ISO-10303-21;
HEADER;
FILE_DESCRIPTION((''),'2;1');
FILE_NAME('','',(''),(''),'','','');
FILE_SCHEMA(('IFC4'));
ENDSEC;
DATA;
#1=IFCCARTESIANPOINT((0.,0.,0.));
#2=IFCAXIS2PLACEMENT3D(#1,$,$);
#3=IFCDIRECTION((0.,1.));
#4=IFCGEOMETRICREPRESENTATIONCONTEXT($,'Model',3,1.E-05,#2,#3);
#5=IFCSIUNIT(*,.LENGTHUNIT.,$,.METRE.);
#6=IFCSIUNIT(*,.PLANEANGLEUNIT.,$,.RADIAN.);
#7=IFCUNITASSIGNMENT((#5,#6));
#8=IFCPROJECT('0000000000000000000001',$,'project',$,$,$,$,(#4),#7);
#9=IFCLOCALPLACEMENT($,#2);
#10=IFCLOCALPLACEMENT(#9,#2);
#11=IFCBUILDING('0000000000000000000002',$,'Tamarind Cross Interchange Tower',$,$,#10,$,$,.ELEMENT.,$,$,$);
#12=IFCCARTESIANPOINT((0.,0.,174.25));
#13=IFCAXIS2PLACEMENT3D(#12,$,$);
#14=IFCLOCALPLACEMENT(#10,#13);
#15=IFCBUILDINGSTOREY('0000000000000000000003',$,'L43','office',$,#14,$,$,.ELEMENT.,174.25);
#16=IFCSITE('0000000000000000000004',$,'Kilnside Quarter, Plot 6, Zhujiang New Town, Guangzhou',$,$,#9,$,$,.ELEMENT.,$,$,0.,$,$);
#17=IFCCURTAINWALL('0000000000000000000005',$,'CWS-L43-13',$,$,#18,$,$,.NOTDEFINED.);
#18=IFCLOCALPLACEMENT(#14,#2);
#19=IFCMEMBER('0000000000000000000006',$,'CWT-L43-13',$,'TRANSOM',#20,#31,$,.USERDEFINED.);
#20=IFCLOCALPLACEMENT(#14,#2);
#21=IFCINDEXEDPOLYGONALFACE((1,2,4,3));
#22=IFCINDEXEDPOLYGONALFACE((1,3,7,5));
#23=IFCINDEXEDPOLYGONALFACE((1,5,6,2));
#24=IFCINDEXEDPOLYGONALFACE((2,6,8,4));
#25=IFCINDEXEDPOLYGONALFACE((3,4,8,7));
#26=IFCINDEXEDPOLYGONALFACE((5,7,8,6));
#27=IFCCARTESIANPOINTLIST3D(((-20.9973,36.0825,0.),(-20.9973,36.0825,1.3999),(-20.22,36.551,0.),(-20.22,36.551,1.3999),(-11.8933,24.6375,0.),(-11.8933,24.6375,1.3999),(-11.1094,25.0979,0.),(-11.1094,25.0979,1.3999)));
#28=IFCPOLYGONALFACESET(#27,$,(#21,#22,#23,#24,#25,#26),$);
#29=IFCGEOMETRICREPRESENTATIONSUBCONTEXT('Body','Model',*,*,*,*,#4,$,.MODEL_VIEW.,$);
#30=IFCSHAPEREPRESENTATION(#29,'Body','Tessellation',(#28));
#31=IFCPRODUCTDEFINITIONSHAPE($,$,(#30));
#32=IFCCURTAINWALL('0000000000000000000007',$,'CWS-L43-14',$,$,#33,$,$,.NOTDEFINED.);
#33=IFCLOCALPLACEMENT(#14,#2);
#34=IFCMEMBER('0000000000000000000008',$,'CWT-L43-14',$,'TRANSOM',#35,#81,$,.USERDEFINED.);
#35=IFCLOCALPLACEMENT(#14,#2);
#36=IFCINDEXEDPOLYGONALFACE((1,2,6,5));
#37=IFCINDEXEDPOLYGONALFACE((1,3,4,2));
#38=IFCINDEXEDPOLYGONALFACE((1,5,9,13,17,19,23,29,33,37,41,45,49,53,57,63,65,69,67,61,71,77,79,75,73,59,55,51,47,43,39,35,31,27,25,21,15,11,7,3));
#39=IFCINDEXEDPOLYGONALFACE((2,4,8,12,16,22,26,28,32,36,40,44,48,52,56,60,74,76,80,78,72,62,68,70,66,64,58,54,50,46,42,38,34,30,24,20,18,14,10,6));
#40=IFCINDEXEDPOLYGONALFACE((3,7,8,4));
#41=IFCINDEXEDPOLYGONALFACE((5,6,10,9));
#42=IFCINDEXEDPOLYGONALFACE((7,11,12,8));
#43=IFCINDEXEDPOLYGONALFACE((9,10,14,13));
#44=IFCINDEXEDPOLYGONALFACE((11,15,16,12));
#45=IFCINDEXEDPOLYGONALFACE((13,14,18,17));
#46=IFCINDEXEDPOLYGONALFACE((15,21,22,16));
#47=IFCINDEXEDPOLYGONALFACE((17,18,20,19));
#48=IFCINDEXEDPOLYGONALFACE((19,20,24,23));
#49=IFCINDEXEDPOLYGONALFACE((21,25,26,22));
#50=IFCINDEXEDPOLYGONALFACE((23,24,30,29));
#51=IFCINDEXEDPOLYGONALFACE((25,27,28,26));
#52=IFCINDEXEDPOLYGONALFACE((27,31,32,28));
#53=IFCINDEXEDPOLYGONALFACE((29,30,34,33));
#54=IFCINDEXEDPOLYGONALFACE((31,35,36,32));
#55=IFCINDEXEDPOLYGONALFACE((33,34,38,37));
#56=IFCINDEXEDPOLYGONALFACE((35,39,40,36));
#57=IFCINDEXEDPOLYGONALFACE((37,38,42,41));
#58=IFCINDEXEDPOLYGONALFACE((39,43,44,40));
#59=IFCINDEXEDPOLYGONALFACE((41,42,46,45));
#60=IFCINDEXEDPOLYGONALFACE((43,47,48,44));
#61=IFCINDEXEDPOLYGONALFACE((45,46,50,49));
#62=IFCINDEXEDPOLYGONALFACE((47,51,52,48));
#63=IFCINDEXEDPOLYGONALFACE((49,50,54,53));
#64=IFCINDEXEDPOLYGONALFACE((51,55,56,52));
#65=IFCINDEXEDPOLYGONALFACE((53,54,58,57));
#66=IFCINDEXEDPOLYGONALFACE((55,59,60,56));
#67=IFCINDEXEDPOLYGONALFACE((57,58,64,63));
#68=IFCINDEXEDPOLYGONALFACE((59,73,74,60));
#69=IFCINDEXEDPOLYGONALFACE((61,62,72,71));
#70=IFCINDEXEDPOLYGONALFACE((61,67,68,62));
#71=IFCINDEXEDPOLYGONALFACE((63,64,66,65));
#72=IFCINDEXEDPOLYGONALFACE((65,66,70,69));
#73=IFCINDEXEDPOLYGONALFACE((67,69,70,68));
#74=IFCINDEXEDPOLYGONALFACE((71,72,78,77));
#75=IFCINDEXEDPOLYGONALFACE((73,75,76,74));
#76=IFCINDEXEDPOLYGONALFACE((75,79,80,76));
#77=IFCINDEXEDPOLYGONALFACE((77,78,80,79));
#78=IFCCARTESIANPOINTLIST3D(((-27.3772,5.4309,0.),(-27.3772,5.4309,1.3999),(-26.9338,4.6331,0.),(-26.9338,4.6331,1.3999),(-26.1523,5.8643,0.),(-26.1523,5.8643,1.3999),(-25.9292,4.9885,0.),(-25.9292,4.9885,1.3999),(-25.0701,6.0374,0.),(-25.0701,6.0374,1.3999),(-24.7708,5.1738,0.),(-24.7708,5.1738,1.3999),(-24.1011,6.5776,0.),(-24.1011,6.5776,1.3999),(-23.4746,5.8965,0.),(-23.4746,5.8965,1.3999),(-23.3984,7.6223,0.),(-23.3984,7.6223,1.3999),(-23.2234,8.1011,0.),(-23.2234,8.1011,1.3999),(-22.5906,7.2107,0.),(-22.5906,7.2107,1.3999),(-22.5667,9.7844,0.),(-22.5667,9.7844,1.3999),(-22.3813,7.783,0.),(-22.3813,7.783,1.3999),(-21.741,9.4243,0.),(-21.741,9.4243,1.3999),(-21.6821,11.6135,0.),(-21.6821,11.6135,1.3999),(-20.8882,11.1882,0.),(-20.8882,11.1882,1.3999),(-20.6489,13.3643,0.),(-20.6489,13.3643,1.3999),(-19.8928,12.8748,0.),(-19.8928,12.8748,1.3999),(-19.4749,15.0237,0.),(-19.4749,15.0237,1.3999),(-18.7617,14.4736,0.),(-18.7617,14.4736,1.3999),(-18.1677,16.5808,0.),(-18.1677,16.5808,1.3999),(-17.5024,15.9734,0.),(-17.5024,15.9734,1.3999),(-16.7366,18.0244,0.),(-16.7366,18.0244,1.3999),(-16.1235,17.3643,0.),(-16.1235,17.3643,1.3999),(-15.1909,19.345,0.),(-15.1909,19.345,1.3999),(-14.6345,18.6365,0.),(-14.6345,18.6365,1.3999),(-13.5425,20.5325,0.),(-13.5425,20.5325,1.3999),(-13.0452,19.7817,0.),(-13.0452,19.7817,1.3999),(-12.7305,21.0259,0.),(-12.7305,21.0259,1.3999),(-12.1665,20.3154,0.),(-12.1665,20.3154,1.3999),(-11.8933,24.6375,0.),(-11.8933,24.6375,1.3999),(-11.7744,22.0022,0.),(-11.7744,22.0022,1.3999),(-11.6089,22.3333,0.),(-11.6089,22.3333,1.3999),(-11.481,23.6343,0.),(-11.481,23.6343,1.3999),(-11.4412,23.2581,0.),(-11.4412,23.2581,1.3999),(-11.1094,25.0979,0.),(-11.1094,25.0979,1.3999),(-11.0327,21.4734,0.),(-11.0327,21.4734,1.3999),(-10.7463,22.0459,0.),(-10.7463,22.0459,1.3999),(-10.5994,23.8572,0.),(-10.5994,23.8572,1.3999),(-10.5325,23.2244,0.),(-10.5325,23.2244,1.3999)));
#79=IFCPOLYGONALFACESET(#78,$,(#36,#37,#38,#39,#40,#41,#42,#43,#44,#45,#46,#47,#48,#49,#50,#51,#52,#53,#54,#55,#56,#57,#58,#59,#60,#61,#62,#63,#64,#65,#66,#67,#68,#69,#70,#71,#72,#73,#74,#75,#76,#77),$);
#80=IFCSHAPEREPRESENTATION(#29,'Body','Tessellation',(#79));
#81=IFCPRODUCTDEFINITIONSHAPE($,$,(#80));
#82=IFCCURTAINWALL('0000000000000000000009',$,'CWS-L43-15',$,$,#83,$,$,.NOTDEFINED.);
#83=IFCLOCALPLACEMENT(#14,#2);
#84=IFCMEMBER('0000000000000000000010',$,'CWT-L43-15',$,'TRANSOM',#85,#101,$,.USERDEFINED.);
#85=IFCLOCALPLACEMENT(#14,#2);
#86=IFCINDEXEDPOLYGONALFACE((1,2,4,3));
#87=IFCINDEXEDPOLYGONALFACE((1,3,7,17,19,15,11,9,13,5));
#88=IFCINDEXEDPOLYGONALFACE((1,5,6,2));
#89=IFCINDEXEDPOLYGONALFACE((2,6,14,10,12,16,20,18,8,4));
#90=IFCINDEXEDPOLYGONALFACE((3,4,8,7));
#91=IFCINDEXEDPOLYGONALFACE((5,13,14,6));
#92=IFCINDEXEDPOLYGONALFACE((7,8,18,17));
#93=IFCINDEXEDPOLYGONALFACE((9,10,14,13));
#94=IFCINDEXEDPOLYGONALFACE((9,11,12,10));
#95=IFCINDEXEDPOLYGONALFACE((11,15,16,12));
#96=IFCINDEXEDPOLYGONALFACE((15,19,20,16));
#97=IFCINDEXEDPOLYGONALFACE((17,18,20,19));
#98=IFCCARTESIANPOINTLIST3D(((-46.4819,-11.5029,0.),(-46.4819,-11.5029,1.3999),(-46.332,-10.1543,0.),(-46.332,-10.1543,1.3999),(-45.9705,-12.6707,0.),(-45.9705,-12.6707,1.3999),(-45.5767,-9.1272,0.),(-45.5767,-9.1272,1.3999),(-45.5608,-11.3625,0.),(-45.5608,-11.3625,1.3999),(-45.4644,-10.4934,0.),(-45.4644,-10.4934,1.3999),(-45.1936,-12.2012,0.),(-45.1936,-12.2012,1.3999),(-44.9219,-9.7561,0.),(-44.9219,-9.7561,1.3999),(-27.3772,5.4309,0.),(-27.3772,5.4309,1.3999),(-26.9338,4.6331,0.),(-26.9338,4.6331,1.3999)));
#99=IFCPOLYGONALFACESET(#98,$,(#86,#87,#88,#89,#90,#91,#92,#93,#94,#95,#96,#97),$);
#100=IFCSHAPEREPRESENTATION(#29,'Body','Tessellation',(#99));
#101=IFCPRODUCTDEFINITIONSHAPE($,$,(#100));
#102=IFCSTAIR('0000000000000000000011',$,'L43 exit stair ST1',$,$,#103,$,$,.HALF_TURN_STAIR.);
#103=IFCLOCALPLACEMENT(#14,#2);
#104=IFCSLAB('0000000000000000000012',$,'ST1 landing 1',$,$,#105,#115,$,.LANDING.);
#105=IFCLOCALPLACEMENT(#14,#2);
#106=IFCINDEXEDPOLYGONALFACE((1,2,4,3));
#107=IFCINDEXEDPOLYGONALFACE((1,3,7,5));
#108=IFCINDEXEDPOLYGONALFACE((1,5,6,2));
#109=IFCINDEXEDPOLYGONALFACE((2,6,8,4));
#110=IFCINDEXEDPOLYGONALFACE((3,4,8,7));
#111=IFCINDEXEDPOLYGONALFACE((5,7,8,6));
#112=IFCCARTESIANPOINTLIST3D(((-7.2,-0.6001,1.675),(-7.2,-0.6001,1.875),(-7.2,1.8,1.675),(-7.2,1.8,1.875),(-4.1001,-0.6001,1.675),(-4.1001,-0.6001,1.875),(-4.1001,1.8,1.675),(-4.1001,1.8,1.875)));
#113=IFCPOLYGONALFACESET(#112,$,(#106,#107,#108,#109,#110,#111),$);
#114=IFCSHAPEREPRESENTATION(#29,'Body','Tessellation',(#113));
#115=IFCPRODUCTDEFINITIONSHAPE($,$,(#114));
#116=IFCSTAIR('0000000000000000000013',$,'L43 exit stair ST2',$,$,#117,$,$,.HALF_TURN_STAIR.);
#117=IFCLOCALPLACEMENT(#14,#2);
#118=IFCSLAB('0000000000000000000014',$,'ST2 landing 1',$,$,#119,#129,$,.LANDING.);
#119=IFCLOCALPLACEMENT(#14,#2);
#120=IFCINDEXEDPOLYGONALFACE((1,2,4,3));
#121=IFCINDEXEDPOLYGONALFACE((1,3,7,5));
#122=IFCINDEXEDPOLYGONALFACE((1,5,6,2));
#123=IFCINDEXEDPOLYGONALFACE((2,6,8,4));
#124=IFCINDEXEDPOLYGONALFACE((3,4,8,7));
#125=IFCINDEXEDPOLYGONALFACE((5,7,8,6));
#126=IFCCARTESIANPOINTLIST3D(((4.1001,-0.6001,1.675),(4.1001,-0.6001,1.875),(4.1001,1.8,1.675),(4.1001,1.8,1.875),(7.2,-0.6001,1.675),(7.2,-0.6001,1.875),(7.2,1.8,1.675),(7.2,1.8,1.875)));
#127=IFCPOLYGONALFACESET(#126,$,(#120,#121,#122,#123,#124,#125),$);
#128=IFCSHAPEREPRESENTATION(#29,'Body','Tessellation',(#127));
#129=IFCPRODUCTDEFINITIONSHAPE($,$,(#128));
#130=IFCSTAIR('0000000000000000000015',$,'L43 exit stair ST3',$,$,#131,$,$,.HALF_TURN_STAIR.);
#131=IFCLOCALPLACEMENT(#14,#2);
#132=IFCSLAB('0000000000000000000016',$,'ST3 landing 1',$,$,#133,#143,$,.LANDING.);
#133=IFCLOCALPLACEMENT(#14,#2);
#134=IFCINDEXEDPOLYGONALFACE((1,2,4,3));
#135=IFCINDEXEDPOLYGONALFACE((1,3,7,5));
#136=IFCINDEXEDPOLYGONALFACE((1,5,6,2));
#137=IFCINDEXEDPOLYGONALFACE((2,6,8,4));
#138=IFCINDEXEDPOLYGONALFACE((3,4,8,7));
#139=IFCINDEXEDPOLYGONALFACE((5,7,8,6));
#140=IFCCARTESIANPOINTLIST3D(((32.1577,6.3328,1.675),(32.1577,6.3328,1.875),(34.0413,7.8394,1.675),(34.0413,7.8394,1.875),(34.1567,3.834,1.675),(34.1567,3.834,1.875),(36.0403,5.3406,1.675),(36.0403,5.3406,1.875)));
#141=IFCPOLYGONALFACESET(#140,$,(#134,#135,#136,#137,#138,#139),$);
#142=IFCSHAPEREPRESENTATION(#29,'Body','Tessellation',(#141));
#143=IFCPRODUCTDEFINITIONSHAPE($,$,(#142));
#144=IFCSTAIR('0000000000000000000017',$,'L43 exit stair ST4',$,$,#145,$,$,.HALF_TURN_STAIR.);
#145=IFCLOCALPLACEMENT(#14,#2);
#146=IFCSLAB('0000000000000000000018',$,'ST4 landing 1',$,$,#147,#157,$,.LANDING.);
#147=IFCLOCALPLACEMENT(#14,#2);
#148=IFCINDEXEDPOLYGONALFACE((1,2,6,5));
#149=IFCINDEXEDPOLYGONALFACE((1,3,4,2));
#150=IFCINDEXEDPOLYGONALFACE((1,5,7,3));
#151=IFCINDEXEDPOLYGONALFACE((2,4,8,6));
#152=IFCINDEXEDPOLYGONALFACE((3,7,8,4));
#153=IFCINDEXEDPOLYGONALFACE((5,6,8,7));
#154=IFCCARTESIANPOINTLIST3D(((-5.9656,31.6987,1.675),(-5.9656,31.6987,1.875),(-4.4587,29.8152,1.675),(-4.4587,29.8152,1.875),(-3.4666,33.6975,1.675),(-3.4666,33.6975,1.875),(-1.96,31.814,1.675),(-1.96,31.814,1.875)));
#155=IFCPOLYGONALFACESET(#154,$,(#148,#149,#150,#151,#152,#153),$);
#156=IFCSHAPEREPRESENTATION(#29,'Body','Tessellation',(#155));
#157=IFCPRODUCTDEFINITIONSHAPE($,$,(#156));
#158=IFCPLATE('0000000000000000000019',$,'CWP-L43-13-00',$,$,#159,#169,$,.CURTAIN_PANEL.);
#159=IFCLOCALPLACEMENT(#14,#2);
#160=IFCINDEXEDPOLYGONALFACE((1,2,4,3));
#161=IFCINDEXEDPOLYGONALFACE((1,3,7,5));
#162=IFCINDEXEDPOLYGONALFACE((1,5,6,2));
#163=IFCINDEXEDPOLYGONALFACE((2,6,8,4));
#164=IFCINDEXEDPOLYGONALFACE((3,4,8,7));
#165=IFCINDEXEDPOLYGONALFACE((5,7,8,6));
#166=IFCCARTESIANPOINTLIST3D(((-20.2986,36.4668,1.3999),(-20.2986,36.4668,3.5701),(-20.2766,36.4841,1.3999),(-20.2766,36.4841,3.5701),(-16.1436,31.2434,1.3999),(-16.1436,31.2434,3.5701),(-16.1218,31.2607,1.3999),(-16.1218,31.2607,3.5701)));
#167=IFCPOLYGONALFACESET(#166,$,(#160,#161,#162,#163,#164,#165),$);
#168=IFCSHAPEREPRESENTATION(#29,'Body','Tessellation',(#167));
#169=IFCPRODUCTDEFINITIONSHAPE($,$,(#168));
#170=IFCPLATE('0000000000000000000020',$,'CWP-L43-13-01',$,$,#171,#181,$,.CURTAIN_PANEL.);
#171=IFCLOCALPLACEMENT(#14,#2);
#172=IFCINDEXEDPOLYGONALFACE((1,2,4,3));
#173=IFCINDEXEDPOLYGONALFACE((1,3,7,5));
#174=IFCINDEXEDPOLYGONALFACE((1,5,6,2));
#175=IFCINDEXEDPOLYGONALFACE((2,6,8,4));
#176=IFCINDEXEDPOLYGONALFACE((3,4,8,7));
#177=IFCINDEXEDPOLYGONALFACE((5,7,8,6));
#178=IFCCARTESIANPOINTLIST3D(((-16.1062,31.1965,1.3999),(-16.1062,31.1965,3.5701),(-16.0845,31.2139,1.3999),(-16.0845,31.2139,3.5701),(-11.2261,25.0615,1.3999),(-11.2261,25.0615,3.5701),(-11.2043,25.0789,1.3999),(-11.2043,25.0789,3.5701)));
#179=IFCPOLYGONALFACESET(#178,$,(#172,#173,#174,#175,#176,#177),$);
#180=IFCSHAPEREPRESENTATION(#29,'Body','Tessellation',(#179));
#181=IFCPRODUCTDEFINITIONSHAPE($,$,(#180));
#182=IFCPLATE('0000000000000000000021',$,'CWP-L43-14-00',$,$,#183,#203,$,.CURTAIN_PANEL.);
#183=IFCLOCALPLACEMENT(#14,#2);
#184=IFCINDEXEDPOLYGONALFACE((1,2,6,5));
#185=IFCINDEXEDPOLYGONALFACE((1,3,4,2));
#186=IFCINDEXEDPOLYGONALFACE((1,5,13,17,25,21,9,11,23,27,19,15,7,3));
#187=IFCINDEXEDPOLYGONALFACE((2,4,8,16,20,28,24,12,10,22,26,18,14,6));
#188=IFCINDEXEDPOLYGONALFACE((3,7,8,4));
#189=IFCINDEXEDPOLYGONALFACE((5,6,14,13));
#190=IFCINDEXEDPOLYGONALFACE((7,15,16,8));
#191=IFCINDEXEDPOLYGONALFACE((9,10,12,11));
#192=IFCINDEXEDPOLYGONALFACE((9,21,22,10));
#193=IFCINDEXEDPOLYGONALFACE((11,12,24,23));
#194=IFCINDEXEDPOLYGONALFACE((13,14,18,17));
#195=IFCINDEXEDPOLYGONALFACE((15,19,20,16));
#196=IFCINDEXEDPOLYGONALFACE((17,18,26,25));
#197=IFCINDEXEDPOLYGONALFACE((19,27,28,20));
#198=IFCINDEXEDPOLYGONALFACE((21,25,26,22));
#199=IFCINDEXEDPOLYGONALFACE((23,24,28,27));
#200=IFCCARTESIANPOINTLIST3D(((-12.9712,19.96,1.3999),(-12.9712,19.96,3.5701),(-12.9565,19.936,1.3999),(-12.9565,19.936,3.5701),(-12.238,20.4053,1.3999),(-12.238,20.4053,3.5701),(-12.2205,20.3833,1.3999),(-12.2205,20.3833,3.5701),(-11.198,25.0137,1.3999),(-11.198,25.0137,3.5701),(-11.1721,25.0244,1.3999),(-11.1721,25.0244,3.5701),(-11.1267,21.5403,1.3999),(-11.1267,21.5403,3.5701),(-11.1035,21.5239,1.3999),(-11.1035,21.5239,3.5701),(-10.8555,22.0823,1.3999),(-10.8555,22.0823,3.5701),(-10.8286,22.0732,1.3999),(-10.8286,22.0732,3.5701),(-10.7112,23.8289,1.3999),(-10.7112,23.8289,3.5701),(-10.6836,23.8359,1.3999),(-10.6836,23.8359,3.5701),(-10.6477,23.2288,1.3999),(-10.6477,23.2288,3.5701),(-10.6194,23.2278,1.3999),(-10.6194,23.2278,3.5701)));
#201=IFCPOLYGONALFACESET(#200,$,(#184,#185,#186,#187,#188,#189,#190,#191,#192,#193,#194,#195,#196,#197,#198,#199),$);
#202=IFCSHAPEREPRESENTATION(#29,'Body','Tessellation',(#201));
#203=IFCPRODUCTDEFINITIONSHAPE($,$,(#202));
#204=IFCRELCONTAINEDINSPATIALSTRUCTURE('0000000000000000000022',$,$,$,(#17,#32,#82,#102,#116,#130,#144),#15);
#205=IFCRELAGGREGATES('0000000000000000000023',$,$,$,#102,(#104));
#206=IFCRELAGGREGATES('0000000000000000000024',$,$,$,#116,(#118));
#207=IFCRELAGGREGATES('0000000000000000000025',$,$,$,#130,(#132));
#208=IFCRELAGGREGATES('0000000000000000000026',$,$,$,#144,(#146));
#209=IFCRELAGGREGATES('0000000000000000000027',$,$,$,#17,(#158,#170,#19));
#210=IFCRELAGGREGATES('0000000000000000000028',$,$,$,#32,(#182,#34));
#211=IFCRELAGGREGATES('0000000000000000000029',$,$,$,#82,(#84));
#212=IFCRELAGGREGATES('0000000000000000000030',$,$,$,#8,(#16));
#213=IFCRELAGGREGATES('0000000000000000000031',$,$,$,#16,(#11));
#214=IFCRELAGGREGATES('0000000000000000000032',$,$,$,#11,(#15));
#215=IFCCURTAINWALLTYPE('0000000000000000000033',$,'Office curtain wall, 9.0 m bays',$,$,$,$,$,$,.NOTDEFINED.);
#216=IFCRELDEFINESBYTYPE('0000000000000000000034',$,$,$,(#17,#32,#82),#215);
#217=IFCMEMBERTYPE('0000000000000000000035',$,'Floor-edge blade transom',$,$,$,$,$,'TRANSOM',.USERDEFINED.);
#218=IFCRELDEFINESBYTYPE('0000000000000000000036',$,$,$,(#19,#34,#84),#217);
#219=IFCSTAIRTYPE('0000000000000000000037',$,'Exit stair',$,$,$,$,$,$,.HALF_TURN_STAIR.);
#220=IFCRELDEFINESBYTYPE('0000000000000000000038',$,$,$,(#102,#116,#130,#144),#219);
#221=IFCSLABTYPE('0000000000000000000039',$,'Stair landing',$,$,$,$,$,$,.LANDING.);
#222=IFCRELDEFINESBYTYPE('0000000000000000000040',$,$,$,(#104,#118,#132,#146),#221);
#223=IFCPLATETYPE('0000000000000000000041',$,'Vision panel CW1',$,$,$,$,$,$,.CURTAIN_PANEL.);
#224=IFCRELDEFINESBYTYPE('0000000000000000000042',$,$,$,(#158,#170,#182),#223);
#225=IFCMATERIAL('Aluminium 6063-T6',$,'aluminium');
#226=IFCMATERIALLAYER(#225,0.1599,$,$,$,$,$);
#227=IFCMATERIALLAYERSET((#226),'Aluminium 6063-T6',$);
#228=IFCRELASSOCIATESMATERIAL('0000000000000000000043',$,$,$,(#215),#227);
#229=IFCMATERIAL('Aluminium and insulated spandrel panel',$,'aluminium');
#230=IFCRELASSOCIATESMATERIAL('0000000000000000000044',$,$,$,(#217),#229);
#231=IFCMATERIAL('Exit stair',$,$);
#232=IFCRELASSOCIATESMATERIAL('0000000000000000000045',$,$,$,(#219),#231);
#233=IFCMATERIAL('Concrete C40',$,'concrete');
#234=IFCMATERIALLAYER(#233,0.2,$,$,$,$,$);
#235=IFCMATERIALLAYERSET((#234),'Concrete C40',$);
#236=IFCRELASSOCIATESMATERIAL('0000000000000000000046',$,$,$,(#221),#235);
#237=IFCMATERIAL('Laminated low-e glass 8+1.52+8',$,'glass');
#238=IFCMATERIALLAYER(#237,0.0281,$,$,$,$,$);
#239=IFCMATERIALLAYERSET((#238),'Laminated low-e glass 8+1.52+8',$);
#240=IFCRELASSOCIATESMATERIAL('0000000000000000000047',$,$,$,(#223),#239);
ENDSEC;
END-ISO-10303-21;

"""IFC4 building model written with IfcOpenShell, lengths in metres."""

from ifc_helpers import new_model, si_unit, direction, frame, origin, place, context, subcontext, project, spatial, polyline, outline, extrude, material, layer, layer_set, type_object, element, aggregate, save


model = new_model("IFC4")

# Units and contexts
model_context = context("Model", 3, precision=1e-05, world=origin(), true_north=direction((0.0, 1.0)))
body_context = subcontext(model_context, "Body", "Model", "MODEL_VIEW")
ifc_project = project(units=[si_unit("LENGTHUNIT", "METRE"), si_unit("PLANEANGLEUNIT", "RADIAN")], contexts=[model_context])

# Site, building, storey
site_placement = place(None, origin())
site = spatial("IfcSite", under=ifc_project, at=site_placement, Name="Kilnside Quarter, Plot 6, Zhujiang New Town, Guangzhou", CompositionType="ELEMENT", RefElevation=0.0)
building_placement = place(site_placement, origin())
building = spatial("IfcBuilding", under=site, at=building_placement, Name="Tamarind Cross Interchange Tower", CompositionType="ELEMENT")
storey_placement = place(building_placement, frame((0.0, 0.0, 174.25)))
storey = spatial("IfcBuildingStorey", under=building, at=storey_placement, Name="L43", Description="office", CompositionType="ELEMENT", Elevation=174.25)

# Curtain walls, members
ifc_material_1 = material(Name="Aluminium 6063-T6", Category="aluminium")
ifc_layer_1 = layer(ifc_material_1, 0.1599)
ifc_layer_set_1 = layer_set([ifc_layer_1], Name="Aluminium 6063-T6")
curtain_wall_type = type_object("IfcCurtainWallType", Name="Office curtain wall, 9.0 m bays", PredefinedType="NOTDEFINED", material=ifc_layer_set_1)
curtain_wall_1_placement = place(storey_placement, origin())
curtain_wall_1 = element("IfcCurtainWall", 1, at=curtain_wall_1_placement, inside=storey, type_object=curtain_wall_type, Name="CWS-L43-13", PredefinedType="NOTDEFINED")
ifc_material_2 = material(Name="Aluminium and insulated spandrel panel", Category="aluminium")
member_type = type_object("IfcMemberType", Name="Floor-edge blade transom", ElementType="TRANSOM", PredefinedType="USERDEFINED", material=ifc_material_2)
member_1_placement = place(storey_placement, origin())
member_1 = element("IfcMember", 2, at=member_1_placement, type_object=member_type, Name="CWT-L43-13", ObjectType="TRANSOM", PredefinedType="USERDEFINED", context=body_context, shape_type="SweptSolid", body=[
    extrude(outline(polyline([(-20.22, 36.551), (-11.1094, 25.0979), (-11.8933, 24.6375), (-20.9973, 36.0825), (-20.22, 36.551)])), origin(), (0.0, 0.0, 1.0), 1.3999),
])
curtain_wall_2_placement = place(storey_placement, origin())
curtain_wall_2 = element("IfcCurtainWall", 3, at=curtain_wall_2_placement, inside=storey, type_object=curtain_wall_type, Name="CWS-L43-14", PredefinedType="NOTDEFINED")
member_2_placement = place(storey_placement, origin())
member_2 = element("IfcMember", 4, at=member_2_placement, type_object=member_type, Name="CWT-L43-14", ObjectType="TRANSOM", PredefinedType="USERDEFINED", context=body_context, shape_type="SweptSolid", body=[
    extrude(outline(polyline([(-11.1094, 25.0979), (-10.5994, 23.8572), (-10.5325, 23.2244), (-10.7463, 22.0459), (-11.0327, 21.4734), (-12.1665, 20.3154), (-13.0452, 19.7817), (-14.6345, 18.6365), (-16.1235, 17.3643), (-17.5024, 15.9734), (-18.7617, 14.4736), (-19.8928, 12.8748), (-20.8882, 11.1882), (-21.741, 9.4243), (-22.3813, 7.783), (-22.5906, 7.2107), (-23.4746, 5.8965), (-24.7708, 5.1738), (-25.9292, 4.9885), (-26.9338, 4.6331), (-27.3772, 5.4309), (-26.1523, 5.8643), (-25.0701, 6.0374), (-24.1011, 6.5776), (-23.3984, 7.6223), (-23.2234, 8.1011), (-22.5667, 9.7844), (-21.6821, 11.6135), (-20.6489, 13.3643), (-19.4749, 15.0237), (-18.1677, 16.5808), (-16.7366, 18.0244), (-15.1909, 19.345), (-13.5425, 20.5325), (-12.7305, 21.0259), (-11.7744, 22.0022), (-11.6089, 22.3333), (-11.4412, 23.2581), (-11.481, 23.6343), (-11.8933, 24.6375), (-11.1094, 25.0979)])), origin(), (0.0, 0.0, 1.0), 1.3999),
])
curtain_wall_3_placement = place(storey_placement, origin())
curtain_wall_3 = element("IfcCurtainWall", 5, at=curtain_wall_3_placement, inside=storey, type_object=curtain_wall_type, Name="CWS-L43-15", PredefinedType="NOTDEFINED")
member_3_placement = place(storey_placement, origin())
member_3 = element("IfcMember", 6, at=member_3_placement, type_object=member_type, Name="CWT-L43-15", ObjectType="TRANSOM", PredefinedType="USERDEFINED", context=body_context, shape_type="SweptSolid", body=[
    extrude(outline(polyline([(-26.9338, 4.6331), (-44.9219, -9.7561), (-45.4644, -10.4934), (-45.5608, -11.3625), (-45.1936, -12.2012), (-45.9705, -12.6707), (-46.4819, -11.5029), (-46.332, -10.1543), (-45.5767, -9.1272), (-27.3772, 5.4309), (-26.9338, 4.6331)])), origin(), (0.0, 0.0, 1.0), 1.3999),
])

# Stairs, slabs
ifc_material_3 = material(Name="Exit stair")
stair_type = type_object("IfcStairType", Name="Exit stair", PredefinedType="HALF_TURN_STAIR", material=ifc_material_3)
stair_1_placement = place(storey_placement, origin())
stair_1 = element("IfcStair", 7, at=stair_1_placement, inside=storey, type_object=stair_type, Name="L43 exit stair ST1", PredefinedType="HALF_TURN_STAIR")
ifc_material_4 = material(Name="Concrete C40", Category="concrete")
ifc_layer_2 = layer(ifc_material_4, 0.2)
ifc_layer_set_2 = layer_set([ifc_layer_2], Name="Concrete C40")
slab_type = type_object("IfcSlabType", Name="Stair landing", PredefinedType="LANDING", material=ifc_layer_set_2)
slab_1_placement = place(storey_placement, frame((0.0, 0.0, 1.675)))
slab_1 = element("IfcSlab", 8, at=slab_1_placement, type_object=slab_type, Name="ST1 landing 1", PredefinedType="LANDING", context=body_context, shape_type="SweptSolid", body=[
    extrude(outline(polyline([(-4.1001, -0.6001), (-4.1001, 1.8), (-7.2, 1.8), (-7.2, -0.6001), (-4.1001, -0.6001)])), origin(), (0.0, 0.0, 1.0), 0.2),
])
aggregate(stair_1, [slab_1])
stair_2_placement = place(storey_placement, origin())
stair_2 = element("IfcStair", 9, at=stair_2_placement, inside=storey, type_object=stair_type, Name="L43 exit stair ST2", PredefinedType="HALF_TURN_STAIR")
slab_2_placement = place(storey_placement, frame((0.0, 0.0, 1.675)))
slab_2 = element("IfcSlab", 10, at=slab_2_placement, type_object=slab_type, Name="ST2 landing 1", PredefinedType="LANDING", context=body_context, shape_type="SweptSolid", body=[
    extrude(outline(polyline([(7.2, -0.6001), (7.2, 1.8), (4.1001, 1.8), (4.1001, -0.6001), (7.2, -0.6001)])), origin(), (0.0, 0.0, 1.0), 0.2),
])
aggregate(stair_2, [slab_2])
stair_3_placement = place(storey_placement, origin())
stair_3 = element("IfcStair", 11, at=stair_3_placement, inside=storey, type_object=stair_type, Name="L43 exit stair ST3", PredefinedType="HALF_TURN_STAIR")
slab_3_placement = place(storey_placement, frame((0.0, 0.0, 1.675)))
slab_3 = element("IfcSlab", 12, at=slab_3_placement, type_object=slab_type, Name="ST3 landing 1", PredefinedType="LANDING", context=body_context, shape_type="SweptSolid", body=[
    extrude(outline(polyline([(34.1567, 3.834), (36.0403, 5.3406), (34.0413, 7.8394), (32.1577, 6.3328), (34.1567, 3.834)])), origin(), (0.0, 0.0, 1.0), 0.2),
])
aggregate(stair_3, [slab_3])
stair_4_placement = place(storey_placement, origin())
stair_4 = element("IfcStair", 13, at=stair_4_placement, inside=storey, type_object=stair_type, Name="L43 exit stair ST4", PredefinedType="HALF_TURN_STAIR")
slab_4_placement = place(storey_placement, frame((0.0, 0.0, 1.675)))
slab_4 = element("IfcSlab", 14, at=slab_4_placement, type_object=slab_type, Name="ST4 landing 1", PredefinedType="LANDING", context=body_context, shape_type="SweptSolid", body=[
    extrude(outline(polyline([(-1.96, 31.814), (-3.4666, 33.6975), (-5.9656, 31.6987), (-4.4587, 29.8152), (-1.96, 31.814)])), origin(), (0.0, 0.0, 1.0), 0.2),
])
aggregate(stair_4, [slab_4])

# Plates
ifc_material_5 = material(Name="Laminated low-e glass 8+1.52+8", Category="glass")
ifc_layer_3 = layer(ifc_material_5, 0.0281)
ifc_layer_set_3 = layer_set([ifc_layer_3], Name="Laminated low-e glass 8+1.52+8")
plate_type = type_object("IfcPlateType", Name="Vision panel CW1", PredefinedType="CURTAIN_PANEL", material=ifc_layer_set_3)
plate_1_placement = place(storey_placement, frame((0.0, 0.0, 1.3999)))
plate_1 = element("IfcPlate", 15, at=plate_1_placement, type_object=plate_type, Name="CWP-L43-13-00", PredefinedType="CURTAIN_PANEL", context=body_context, shape_type="SweptSolid", body=[
    extrude(outline(polyline([(-20.2766, 36.4841), (-16.1218, 31.2607), (-16.1436, 31.2434), (-20.2986, 36.4668), (-20.2766, 36.4841)])), origin(), (0.0, 0.0, 1.0), 2.1702),
])
plate_2_placement = place(storey_placement, frame((0.0, 0.0, 1.3999)))
plate_2 = element("IfcPlate", 16, at=plate_2_placement, type_object=plate_type, Name="CWP-L43-13-01", PredefinedType="CURTAIN_PANEL", context=body_context, shape_type="SweptSolid", body=[
    extrude(outline(polyline([(-16.0845, 31.2139), (-11.2043, 25.0789), (-11.2261, 25.0615), (-16.1062, 31.1965), (-16.0845, 31.2139)])), origin(), (0.0, 0.0, 1.0), 2.1702),
])
aggregate(curtain_wall_1, [plate_1, plate_2, member_1])
plate_3_placement = place(storey_placement, frame((0.0, 0.0, 1.3999)))
plate_3 = element("IfcPlate", 17, at=plate_3_placement, type_object=plate_type, Name="CWP-L43-14-00", PredefinedType="CURTAIN_PANEL", context=body_context, shape_type="SweptSolid", body=[
    extrude(outline(polyline([(-11.1721, 25.0244), (-10.6836, 23.8359), (-10.6194, 23.2278), (-10.8286, 22.0732), (-11.1035, 21.5239), (-12.2205, 20.3833), (-12.9565, 19.936), (-12.9712, 19.96), (-12.238, 20.4053), (-11.1267, 21.5403), (-10.8555, 22.0823), (-10.6477, 23.2288), (-10.7112, 23.8289), (-11.198, 25.0137), (-11.1721, 25.0244)])), origin(), (0.0, 0.0, 1.0), 2.1702),
])
aggregate(curtain_wall_2, [plate_3, member_2])
aggregate(curtain_wall_3, [member_3])

save(model, "model.ifc")
